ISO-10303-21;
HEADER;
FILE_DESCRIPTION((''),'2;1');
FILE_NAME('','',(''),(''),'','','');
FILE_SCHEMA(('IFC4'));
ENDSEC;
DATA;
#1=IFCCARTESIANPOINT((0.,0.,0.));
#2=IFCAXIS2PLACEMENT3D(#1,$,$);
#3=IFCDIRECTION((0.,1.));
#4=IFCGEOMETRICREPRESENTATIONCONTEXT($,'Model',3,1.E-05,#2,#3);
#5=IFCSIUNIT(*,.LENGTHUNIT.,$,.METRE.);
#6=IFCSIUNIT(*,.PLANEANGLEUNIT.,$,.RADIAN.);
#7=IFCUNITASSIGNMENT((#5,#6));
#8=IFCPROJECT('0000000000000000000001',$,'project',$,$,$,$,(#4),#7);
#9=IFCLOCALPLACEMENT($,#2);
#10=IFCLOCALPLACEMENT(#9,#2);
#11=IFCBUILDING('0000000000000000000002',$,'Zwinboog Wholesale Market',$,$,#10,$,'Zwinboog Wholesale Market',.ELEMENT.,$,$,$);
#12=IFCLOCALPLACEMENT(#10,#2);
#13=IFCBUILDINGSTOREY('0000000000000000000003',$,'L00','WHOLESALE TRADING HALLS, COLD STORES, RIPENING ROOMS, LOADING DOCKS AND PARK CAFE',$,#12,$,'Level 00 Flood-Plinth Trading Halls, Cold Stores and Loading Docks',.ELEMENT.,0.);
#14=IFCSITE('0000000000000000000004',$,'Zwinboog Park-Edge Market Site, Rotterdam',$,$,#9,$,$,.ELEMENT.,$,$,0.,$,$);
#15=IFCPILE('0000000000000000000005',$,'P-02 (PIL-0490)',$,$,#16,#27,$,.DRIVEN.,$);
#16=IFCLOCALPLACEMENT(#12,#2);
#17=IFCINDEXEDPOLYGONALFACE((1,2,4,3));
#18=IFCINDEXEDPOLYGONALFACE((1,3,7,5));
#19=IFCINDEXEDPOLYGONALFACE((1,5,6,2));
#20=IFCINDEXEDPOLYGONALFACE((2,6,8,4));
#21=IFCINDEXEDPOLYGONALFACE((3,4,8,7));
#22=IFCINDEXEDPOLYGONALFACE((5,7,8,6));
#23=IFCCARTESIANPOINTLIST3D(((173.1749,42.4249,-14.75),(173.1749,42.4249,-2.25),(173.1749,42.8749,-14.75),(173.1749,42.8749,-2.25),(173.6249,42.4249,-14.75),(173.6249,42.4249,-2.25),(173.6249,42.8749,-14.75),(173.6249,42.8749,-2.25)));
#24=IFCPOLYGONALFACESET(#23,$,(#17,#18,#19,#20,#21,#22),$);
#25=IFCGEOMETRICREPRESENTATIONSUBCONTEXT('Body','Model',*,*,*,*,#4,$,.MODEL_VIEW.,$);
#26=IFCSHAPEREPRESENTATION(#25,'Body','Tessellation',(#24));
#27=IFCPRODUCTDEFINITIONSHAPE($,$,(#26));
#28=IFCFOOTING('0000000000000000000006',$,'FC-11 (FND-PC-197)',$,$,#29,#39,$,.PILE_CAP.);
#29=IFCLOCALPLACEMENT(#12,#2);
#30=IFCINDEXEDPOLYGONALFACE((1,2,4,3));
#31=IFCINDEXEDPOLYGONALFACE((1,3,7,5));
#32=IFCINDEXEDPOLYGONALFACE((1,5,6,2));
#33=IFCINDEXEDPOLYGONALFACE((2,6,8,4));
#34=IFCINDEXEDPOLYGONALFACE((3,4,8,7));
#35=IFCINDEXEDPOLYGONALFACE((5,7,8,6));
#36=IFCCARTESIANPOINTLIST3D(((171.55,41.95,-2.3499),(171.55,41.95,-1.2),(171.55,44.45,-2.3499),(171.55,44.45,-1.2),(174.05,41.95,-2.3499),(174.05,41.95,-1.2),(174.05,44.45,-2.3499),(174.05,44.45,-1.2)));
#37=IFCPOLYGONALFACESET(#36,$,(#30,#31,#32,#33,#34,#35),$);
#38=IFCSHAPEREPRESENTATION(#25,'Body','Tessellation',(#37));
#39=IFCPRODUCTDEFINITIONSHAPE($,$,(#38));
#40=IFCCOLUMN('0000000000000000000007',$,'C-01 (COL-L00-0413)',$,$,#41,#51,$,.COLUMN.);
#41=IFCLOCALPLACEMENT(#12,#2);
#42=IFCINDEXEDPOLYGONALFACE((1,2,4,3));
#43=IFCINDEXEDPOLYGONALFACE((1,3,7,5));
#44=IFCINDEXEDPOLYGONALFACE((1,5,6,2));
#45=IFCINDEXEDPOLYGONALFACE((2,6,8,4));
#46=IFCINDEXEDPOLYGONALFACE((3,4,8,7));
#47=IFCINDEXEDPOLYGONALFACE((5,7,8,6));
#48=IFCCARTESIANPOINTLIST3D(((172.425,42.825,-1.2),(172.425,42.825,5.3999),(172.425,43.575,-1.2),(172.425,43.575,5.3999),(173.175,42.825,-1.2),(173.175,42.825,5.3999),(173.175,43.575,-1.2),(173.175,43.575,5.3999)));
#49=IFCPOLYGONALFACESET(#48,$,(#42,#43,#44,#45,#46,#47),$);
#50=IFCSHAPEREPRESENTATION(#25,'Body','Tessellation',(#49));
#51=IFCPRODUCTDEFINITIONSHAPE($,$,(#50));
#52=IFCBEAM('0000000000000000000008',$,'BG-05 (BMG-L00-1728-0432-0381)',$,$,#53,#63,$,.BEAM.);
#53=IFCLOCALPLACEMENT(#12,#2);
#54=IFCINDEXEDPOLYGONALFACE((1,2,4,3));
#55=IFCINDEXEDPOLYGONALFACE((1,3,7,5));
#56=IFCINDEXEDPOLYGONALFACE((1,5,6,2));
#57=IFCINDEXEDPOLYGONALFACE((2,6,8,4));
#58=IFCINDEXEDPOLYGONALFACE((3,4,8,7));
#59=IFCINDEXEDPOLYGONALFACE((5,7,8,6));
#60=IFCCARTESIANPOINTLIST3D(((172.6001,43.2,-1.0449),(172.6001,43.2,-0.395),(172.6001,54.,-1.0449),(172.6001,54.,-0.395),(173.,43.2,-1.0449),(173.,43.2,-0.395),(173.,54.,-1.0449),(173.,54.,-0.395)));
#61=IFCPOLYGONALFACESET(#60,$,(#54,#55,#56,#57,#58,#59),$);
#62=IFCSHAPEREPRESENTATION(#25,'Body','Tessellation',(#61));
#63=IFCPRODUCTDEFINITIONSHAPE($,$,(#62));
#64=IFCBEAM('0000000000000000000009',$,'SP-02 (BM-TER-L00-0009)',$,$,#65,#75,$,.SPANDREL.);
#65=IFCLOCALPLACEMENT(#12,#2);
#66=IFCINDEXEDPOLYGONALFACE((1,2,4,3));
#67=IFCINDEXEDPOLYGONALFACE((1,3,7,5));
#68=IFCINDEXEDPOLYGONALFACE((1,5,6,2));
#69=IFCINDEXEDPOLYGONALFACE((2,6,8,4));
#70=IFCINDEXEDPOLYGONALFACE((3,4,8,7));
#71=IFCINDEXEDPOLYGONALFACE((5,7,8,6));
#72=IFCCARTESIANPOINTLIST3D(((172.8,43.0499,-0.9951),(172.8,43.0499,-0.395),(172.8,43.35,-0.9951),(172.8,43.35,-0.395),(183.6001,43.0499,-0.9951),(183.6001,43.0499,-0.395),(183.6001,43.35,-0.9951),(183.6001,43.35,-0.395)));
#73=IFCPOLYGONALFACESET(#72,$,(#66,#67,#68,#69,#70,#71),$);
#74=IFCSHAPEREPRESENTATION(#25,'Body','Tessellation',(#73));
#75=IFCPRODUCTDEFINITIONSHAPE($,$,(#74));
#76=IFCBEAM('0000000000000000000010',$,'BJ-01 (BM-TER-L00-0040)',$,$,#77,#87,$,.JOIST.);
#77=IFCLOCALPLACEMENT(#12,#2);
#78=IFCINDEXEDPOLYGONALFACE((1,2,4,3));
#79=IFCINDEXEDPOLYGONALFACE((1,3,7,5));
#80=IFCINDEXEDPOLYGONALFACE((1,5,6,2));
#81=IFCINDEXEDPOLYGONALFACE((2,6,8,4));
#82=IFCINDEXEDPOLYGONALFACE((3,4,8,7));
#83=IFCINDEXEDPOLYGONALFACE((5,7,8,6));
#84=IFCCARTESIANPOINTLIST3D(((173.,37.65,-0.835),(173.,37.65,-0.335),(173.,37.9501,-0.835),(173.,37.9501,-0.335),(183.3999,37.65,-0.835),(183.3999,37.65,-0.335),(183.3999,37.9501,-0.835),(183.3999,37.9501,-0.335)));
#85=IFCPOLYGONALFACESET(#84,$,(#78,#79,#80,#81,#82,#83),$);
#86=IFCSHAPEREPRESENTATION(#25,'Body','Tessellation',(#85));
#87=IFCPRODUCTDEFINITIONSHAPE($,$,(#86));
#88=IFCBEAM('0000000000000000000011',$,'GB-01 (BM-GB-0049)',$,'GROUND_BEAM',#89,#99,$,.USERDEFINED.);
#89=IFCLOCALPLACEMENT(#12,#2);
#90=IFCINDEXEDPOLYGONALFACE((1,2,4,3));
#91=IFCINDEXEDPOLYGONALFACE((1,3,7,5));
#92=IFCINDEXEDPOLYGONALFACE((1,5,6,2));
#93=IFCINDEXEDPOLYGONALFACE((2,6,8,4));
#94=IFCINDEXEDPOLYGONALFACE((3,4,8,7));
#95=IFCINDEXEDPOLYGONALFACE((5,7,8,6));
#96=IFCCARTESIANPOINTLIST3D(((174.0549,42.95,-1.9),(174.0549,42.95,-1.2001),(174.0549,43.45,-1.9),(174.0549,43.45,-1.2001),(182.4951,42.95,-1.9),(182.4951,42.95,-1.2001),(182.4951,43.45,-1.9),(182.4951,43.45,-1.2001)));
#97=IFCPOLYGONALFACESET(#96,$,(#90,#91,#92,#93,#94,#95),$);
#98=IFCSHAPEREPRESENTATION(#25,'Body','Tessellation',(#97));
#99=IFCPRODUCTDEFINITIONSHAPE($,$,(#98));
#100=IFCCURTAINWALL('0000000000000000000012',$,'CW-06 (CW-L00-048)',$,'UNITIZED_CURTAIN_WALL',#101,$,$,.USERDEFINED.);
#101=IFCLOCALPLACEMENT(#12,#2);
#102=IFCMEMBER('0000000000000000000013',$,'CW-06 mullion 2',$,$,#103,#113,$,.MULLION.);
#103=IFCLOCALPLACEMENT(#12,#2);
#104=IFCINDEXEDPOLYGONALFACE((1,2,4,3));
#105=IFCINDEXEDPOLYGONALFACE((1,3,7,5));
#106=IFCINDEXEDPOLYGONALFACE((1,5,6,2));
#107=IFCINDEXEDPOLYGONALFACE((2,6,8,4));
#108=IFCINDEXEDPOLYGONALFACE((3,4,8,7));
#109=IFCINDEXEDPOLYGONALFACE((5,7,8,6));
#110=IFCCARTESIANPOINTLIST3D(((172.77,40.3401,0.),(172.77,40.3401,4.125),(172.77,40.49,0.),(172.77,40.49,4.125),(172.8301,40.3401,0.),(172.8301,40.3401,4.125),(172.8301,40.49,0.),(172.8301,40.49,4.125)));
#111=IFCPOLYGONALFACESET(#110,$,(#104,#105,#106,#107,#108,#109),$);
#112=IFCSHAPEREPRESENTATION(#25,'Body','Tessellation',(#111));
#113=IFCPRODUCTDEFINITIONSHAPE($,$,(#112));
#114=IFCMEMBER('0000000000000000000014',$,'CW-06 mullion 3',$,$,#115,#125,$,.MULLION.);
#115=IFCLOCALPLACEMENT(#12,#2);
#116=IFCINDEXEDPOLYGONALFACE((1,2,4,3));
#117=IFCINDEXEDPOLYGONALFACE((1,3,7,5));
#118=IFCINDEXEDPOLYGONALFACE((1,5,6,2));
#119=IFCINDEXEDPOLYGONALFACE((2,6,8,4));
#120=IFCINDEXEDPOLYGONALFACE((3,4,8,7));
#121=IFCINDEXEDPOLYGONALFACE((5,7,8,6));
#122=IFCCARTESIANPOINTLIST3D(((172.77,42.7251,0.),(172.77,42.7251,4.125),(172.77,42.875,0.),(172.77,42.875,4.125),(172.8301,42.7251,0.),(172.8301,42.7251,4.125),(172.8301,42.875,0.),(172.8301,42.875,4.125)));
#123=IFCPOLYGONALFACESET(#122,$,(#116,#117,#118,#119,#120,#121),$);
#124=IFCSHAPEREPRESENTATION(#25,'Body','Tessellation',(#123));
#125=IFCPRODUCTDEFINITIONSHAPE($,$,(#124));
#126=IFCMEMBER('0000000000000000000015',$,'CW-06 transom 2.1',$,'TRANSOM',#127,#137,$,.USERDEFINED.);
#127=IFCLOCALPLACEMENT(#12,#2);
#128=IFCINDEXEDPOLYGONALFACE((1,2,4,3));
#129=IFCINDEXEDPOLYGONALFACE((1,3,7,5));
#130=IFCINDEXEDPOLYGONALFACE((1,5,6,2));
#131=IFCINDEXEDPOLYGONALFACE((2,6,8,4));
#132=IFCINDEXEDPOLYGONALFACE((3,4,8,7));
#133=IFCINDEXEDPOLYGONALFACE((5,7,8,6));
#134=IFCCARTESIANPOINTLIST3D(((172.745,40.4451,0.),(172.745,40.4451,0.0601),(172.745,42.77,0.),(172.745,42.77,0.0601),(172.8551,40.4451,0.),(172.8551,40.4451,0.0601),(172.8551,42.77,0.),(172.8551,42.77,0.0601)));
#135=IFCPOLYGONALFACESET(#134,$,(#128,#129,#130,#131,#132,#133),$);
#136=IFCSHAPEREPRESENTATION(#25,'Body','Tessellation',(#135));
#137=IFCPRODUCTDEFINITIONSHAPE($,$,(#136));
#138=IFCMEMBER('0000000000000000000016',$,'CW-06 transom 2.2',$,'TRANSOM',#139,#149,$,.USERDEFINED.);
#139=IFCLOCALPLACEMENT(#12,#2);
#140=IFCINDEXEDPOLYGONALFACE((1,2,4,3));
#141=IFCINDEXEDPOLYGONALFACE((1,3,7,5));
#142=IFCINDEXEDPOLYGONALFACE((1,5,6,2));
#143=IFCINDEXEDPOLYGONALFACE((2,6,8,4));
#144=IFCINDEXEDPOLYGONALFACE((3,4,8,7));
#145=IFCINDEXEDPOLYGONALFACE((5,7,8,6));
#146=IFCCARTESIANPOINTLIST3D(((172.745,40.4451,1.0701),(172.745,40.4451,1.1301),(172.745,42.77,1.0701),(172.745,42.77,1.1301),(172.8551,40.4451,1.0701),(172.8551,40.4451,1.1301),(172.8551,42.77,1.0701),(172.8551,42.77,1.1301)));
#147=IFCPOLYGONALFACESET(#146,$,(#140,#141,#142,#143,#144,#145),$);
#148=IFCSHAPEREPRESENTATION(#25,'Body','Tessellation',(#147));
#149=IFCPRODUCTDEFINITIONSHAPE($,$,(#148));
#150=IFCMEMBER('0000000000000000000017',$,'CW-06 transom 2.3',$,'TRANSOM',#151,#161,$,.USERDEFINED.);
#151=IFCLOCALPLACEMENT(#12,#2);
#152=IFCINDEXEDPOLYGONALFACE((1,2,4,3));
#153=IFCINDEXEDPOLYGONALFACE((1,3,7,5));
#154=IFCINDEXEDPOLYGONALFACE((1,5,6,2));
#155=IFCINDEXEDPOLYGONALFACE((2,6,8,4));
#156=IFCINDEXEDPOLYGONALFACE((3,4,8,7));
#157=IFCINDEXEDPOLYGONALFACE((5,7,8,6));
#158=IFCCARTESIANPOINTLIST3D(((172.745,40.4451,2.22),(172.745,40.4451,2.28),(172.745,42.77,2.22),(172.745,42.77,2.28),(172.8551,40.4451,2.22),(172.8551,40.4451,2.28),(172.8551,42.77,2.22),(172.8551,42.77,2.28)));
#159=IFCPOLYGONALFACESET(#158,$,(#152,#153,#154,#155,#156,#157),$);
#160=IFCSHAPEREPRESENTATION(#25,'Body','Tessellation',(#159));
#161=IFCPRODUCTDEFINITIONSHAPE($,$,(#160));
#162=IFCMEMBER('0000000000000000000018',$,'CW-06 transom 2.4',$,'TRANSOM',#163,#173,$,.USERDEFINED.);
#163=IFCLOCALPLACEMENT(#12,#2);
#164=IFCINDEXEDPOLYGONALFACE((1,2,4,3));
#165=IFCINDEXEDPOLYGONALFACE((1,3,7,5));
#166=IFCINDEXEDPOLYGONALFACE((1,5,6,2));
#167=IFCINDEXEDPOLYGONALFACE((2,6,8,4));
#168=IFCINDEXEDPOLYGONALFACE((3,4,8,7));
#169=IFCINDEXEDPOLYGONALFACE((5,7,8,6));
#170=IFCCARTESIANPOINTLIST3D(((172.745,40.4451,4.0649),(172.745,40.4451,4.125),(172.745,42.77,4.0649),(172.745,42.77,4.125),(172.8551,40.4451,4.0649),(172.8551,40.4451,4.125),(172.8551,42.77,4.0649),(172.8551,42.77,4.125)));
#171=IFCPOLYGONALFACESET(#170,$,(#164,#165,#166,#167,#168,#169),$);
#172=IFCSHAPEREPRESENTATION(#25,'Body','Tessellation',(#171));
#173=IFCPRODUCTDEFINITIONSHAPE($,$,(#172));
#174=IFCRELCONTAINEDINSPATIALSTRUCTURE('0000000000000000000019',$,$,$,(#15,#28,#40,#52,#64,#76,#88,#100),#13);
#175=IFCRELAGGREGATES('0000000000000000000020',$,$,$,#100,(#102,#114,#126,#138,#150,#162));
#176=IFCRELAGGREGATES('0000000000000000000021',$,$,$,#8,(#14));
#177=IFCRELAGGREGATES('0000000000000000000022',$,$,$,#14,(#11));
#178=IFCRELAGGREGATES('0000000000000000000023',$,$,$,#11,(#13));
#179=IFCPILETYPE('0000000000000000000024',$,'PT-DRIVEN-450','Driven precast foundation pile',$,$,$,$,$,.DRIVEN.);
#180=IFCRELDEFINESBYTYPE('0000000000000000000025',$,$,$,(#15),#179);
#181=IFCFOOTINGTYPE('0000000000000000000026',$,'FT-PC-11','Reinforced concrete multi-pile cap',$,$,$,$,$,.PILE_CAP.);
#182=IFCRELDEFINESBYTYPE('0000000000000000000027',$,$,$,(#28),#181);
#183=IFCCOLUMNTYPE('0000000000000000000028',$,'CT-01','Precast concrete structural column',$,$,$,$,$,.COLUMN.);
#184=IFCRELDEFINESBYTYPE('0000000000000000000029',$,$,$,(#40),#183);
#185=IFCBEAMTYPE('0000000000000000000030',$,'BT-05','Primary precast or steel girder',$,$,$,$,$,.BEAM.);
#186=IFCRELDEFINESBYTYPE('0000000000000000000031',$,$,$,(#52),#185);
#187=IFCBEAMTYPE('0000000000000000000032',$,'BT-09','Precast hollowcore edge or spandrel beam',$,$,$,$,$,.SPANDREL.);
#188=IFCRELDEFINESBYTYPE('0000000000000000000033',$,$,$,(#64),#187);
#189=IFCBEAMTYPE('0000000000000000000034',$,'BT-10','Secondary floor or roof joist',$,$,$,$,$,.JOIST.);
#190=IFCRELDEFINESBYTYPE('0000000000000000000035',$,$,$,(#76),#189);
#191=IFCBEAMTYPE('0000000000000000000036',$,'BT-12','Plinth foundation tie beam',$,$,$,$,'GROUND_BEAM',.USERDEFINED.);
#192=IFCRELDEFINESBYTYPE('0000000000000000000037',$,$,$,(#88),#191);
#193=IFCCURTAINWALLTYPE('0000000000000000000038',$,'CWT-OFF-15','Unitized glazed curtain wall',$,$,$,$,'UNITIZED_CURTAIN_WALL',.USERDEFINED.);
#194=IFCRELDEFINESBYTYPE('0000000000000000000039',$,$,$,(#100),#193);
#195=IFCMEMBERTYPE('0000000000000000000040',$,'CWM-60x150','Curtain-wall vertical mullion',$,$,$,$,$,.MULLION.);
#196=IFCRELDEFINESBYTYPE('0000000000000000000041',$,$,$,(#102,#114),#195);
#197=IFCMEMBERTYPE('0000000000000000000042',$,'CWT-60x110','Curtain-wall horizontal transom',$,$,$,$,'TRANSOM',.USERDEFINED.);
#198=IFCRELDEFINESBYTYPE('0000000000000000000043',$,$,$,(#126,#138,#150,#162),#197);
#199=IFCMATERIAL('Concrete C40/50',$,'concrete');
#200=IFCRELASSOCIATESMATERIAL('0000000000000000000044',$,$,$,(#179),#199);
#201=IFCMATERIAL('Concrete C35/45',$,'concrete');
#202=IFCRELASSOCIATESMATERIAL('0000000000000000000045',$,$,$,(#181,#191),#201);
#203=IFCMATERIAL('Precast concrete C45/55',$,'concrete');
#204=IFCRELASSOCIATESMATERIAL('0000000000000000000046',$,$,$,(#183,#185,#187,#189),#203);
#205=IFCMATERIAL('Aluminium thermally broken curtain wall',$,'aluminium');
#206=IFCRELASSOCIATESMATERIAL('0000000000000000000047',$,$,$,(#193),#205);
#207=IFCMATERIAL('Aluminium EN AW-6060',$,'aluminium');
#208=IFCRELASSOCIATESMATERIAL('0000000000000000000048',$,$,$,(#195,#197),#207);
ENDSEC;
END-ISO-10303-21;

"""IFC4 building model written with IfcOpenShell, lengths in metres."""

from ifc_helpers import new_model, si_unit, direction, frame, origin, origin_2d, place, context, subcontext, project, spatial, rectangle, extrude, material, material_profile, profile_set, type_object, element, aggregate, save


model = new_model("IFC4")

# Units and contexts
model_context = context("Model", 3, precision=1e-05, world=origin(), true_north=direction((0.0, 1.0)))
body_context = subcontext(model_context, "Body", "Model", "MODEL_VIEW")
ifc_project = project(units=[si_unit("LENGTHUNIT", "METRE"), si_unit("PLANEANGLEUNIT", "RADIAN")], contexts=[model_context])

# Site, building, storey
site_placement = place(None, origin())
site = spatial("IfcSite", under=ifc_project, at=site_placement, Name="Zwinboog Park-Edge Market Site, Rotterdam", CompositionType="ELEMENT", RefElevation=0.0)
building_placement = place(site_placement, origin())
building = spatial("IfcBuilding", under=site, at=building_placement, Name="Zwinboog Wholesale Market", LongName="Zwinboog Wholesale Market", CompositionType="ELEMENT")
storey_placement = place(building_placement, origin())
storey = spatial("IfcBuildingStorey", under=building, at=storey_placement, Name="L00", Description="WHOLESALE TRADING HALLS, COLD STORES, RIPENING ROOMS, LOADING DOCKS AND PARK CAFE", LongName="Level 00 Flood-Plinth Trading Halls, Cold Stores and Loading Docks", CompositionType="ELEMENT", Elevation=0.0)

# Pile
ifc_material_1 = material(Name="Concrete C40/50", Category="concrete")
ifc_material_profile_1 = material_profile(ifc_material_1, rectangle(XDim=0.45, YDim=0.45, at=origin_2d()), Name="PILE SQ450")
ifc_profile_set_1 = profile_set([ifc_material_profile_1], Name="Concrete C40/50")
pile_type = type_object("IfcPileType", Name="PT-DRIVEN-450", Description="Driven precast foundation pile", PredefinedType="DRIVEN", material=ifc_profile_set_1)
pile_placement = place(storey_placement, frame((173.3999, 42.6499, -2.25), z_axis=(0.0, 0.0, -1.0), x_axis=(1.0, 0.0, 0.0)))
element("IfcPile", 1, at=pile_placement, inside=storey, type_object=pile_type, Name="P-02 (PIL-0490)", PredefinedType="DRIVEN", context=body_context, shape_type="SweptSolid", body=[
    extrude(rectangle(XDim=0.45, YDim=0.45, at=origin_2d()), origin(), (0.0, 0.0, 1.0), 12.5),
])

# Footing
ifc_material_2 = material(Name="Concrete C35/45", Category="concrete")
footing_type = type_object("IfcFootingType", Name="FT-PC-11", Description="Reinforced concrete multi-pile cap", PredefinedType="PILE_CAP", material=ifc_material_2)
footing_placement = place(storey_placement, frame((172.8, 43.2, -2.3499), z_axis=(0.0, 0.0, 1.0), x_axis=(1.0, 0.0, 0.0)))
element("IfcFooting", 2, at=footing_placement, inside=storey, type_object=footing_type, Name="FC-11 (FND-PC-197)", PredefinedType="PILE_CAP", context=body_context, shape_type="SweptSolid", body=[
    extrude(rectangle(XDim=2.5, YDim=2.5, at=origin_2d()), origin(), (0.0, 0.0, 1.0), 1.1499),
])

# Column
ifc_material_3 = material(Name="Precast concrete C45/55", Category="concrete")
ifc_material_profile_2 = material_profile(ifc_material_3, rectangle(XDim=0.75, YDim=0.75, at=origin_2d()), Name="PC 750x750")
ifc_profile_set_2 = profile_set([ifc_material_profile_2], Name="Precast concrete C45/55")
column_type = type_object("IfcColumnType", Name="CT-01", Description="Precast concrete structural column", PredefinedType="COLUMN", material=ifc_profile_set_2)
column_placement = place(storey_placement, frame((172.8, 43.2, -1.2), z_axis=(0.0, 0.0, 1.0), x_axis=(1.0, 0.0, 0.0)))
element("IfcColumn", 3, at=column_placement, inside=storey, type_object=column_type, Name="C-01 (COL-L00-0413)", PredefinedType="COLUMN", context=body_context, shape_type="SweptSolid", body=[
    extrude(rectangle(XDim=0.75, YDim=0.75, at=origin_2d()), origin(), (0.0, 0.0, 1.0), 6.5999),
])

# Beams
ifc_material_profile_3 = material_profile(ifc_material_3, rectangle(XDim=0.3999, YDim=0.6499, at=origin_2d()), Name="PC 400x650")
ifc_profile_set_3 = profile_set([ifc_material_profile_3], Name="Precast concrete C45/55")
beam_type_1 = type_object("IfcBeamType", Name="BT-05", Description="Primary precast or steel girder", PredefinedType="BEAM", material=ifc_profile_set_3)
beam_1_placement = place(storey_placement, frame((172.8, 43.2, -0.72), z_axis=(0.0, 1.0, 0.0), x_axis=(-1.0, 0.0, 0.0)))
element("IfcBeam", 4, at=beam_1_placement, inside=storey, type_object=beam_type_1, Name="BG-05 (BMG-L00-1728-0432-0381)", PredefinedType="BEAM", context=body_context, shape_type="SweptSolid", body=[
    extrude(rectangle(XDim=0.3999, YDim=0.6499, at=origin_2d()), origin(), (0.0, 0.0, 1.0), 10.8),
])
ifc_material_profile_4 = material_profile(ifc_material_3, rectangle(XDim=0.3, YDim=0.6001, at=origin_2d()), Name="PC 300x600")
ifc_profile_set_4 = profile_set([ifc_material_profile_4], Name="Precast concrete C45/55")
beam_type_2 = type_object("IfcBeamType", Name="BT-09", Description="Precast hollowcore edge or spandrel beam", PredefinedType="SPANDREL", material=ifc_profile_set_4)
beam_2_placement = place(storey_placement, frame((172.8, 43.2, -0.6951), z_axis=(1.0, 0.0, 0.0), x_axis=(0.0, 1.0, 0.0)))
element("IfcBeam", 5, at=beam_2_placement, inside=storey, type_object=beam_type_2, Name="SP-02 (BM-TER-L00-0009)", PredefinedType="SPANDREL", context=body_context, shape_type="SweptSolid", body=[
    extrude(rectangle(XDim=0.3, YDim=0.6001, at=origin_2d()), origin(), (0.0, 0.0, 1.0), 10.8),
])
ifc_material_profile_5 = material_profile(ifc_material_3, rectangle(XDim=0.3, YDim=0.5, at=origin_2d()), Name="PC 300x500")
ifc_profile_set_5 = profile_set([ifc_material_profile_5], Name="Precast concrete C45/55")
beam_type_3 = type_object("IfcBeamType", Name="BT-10", Description="Secondary floor or roof joist", PredefinedType="JOIST", material=ifc_profile_set_5)
beam_3_placement = place(storey_placement, frame((173.0, 37.8, -0.585), z_axis=(1.0, 0.0, 0.0), x_axis=(0.0, 1.0, 0.0)))
element("IfcBeam", 6, at=beam_3_placement, inside=storey, type_object=beam_type_3, Name="BJ-01 (BM-TER-L00-0040)", PredefinedType="JOIST", context=body_context, shape_type="SweptSolid", body=[
    extrude(rectangle(XDim=0.3, YDim=0.5, at=origin_2d()), origin(), (0.0, 0.0, 1.0), 10.3999),
])
ifc_material_profile_6 = material_profile(ifc_material_2, rectangle(XDim=0.5, YDim=0.7, at=origin_2d()), Name="RC 500x700")
ifc_profile_set_6 = profile_set([ifc_material_profile_6], Name="Concrete C35/45")
beam_type_4 = type_object("IfcBeamType", Name="BT-12", Description="Plinth foundation tie beam", ElementType="GROUND_BEAM", PredefinedType="USERDEFINED", material=ifc_profile_set_6)
beam_4_placement = place(storey_placement, frame((174.0549, 43.2, -1.55), z_axis=(1.0, 0.0, 0.0), x_axis=(0.0, 1.0, 0.0)))
element("IfcBeam", 7, at=beam_4_placement, inside=storey, type_object=beam_type_4, Name="GB-01 (BM-GB-0049)", ObjectType="GROUND_BEAM", PredefinedType="USERDEFINED", context=body_context, shape_type="SweptSolid", body=[
    extrude(rectangle(XDim=0.5, YDim=0.7, at=origin_2d()), origin(), (0.0, 0.0, 1.0), 8.4402),
])

# Curtain wall, members
ifc_material_4 = material(Name="Aluminium thermally broken curtain wall", Category="aluminium")
curtain_wall_type = type_object("IfcCurtainWallType", Name="CWT-OFF-15", Description="Unitized glazed curtain wall", ElementType="UNITIZED_CURTAIN_WALL", PredefinedType="USERDEFINED", material=ifc_material_4)
curtain_wall_placement = place(storey_placement, origin())
curtain_wall = element("IfcCurtainWall", 8, at=curtain_wall_placement, inside=storey, type_object=curtain_wall_type, Name="CW-06 (CW-L00-048)", ObjectType="UNITIZED_CURTAIN_WALL", PredefinedType="USERDEFINED")
ifc_material_5 = material(Name="Aluminium EN AW-6060", Category="aluminium")
ifc_material_profile_7 = material_profile(ifc_material_5, rectangle(XDim=0.0601, YDim=0.1499, at=origin_2d()), Name="AL 60x150")
ifc_profile_set_7 = profile_set([ifc_material_profile_7], Name="Aluminium EN AW-6060")
member_type_1 = type_object("IfcMemberType", Name="CWM-60x150", Description="Curtain-wall vertical mullion", PredefinedType="MULLION", material=ifc_profile_set_7)
member_1_placement = place(storey_placement, frame((172.8, 40.415, 0.0), z_axis=(0.0, 0.0, 1.0), x_axis=(-1.0, 0.0, 0.0)))
member_1 = element("IfcMember", 9, at=member_1_placement, type_object=member_type_1, Name="CW-06 mullion 2", PredefinedType="MULLION", context=body_context, shape_type="SweptSolid", body=[
    extrude(rectangle(XDim=0.0601, YDim=0.1499, at=origin_2d()), origin(), (0.0, 0.0, 1.0), 4.125),
])
member_2_placement = place(storey_placement, frame((172.8, 42.8, 0.0), z_axis=(0.0, 0.0, 1.0), x_axis=(-1.0, 0.0, 0.0)))
member_2 = element("IfcMember", 10, at=member_2_placement, type_object=member_type_1, Name="CW-06 mullion 3", PredefinedType="MULLION", context=body_context, shape_type="SweptSolid", body=[
    extrude(rectangle(XDim=0.0601, YDim=0.1499, at=origin_2d()), origin(), (0.0, 0.0, 1.0), 4.125),
])
ifc_material_profile_8 = material_profile(ifc_material_5, rectangle(XDim=0.1101, YDim=0.0601, at=origin_2d()), Name="AL 60x110")
ifc_profile_set_8 = profile_set([ifc_material_profile_8], Name="Aluminium EN AW-6060")
member_type_2 = type_object("IfcMemberType", Name="CWT-60x110", Description="Curtain-wall horizontal transom", ElementType="TRANSOM", PredefinedType="USERDEFINED", material=ifc_profile_set_8)
member_3_placement = place(storey_placement, frame((172.8, 40.4451, 0.03), z_axis=(0.0, 1.0, 0.0), x_axis=(-1.0, 0.0, 0.0)))
member_3 = element("IfcMember", 11, at=member_3_placement, type_object=member_type_2, Name="CW-06 transom 2.1", ObjectType="TRANSOM", PredefinedType="USERDEFINED", context=body_context, shape_type="SweptSolid", body=[
    extrude(rectangle(XDim=0.1101, YDim=0.0601, at=origin_2d()), origin(), (0.0, 0.0, 1.0), 2.325),
])
member_4_placement = place(storey_placement, frame((172.8, 40.4451, 1.1001), z_axis=(0.0, 1.0, 0.0), x_axis=(-1.0, 0.0, 0.0)))
member_4 = element("IfcMember", 12, at=member_4_placement, type_object=member_type_2, Name="CW-06 transom 2.2", ObjectType="TRANSOM", PredefinedType="USERDEFINED", context=body_context, shape_type="SweptSolid", body=[
    extrude(rectangle(XDim=0.1101, YDim=0.0601, at=origin_2d()), origin(), (0.0, 0.0, 1.0), 2.325),
])
member_5_placement = place(storey_placement, frame((172.8, 40.4451, 2.25), z_axis=(0.0, 1.0, 0.0), x_axis=(-1.0, 0.0, 0.0)))
member_5 = element("IfcMember", 13, at=member_5_placement, type_object=member_type_2, Name="CW-06 transom 2.3", ObjectType="TRANSOM", PredefinedType="USERDEFINED", context=body_context, shape_type="SweptSolid", body=[
    extrude(rectangle(XDim=0.1101, YDim=0.0601, at=origin_2d()), origin(), (0.0, 0.0, 1.0), 2.325),
])
member_6_placement = place(storey_placement, frame((172.8, 40.4451, 4.095), z_axis=(0.0, 1.0, 0.0), x_axis=(-1.0, 0.0, 0.0)))
member_6 = element("IfcMember", 14, at=member_6_placement, type_object=member_type_2, Name="CW-06 transom 2.4", ObjectType="TRANSOM", PredefinedType="USERDEFINED", context=body_context, shape_type="SweptSolid", body=[
    extrude(rectangle(XDim=0.1101, YDim=0.0601, at=origin_2d()), origin(), (0.0, 0.0, 1.0), 2.325),
])
aggregate(curtain_wall, [member_1, member_2, member_3, member_4, member_5, member_6])

save(model, "model.ifc")
